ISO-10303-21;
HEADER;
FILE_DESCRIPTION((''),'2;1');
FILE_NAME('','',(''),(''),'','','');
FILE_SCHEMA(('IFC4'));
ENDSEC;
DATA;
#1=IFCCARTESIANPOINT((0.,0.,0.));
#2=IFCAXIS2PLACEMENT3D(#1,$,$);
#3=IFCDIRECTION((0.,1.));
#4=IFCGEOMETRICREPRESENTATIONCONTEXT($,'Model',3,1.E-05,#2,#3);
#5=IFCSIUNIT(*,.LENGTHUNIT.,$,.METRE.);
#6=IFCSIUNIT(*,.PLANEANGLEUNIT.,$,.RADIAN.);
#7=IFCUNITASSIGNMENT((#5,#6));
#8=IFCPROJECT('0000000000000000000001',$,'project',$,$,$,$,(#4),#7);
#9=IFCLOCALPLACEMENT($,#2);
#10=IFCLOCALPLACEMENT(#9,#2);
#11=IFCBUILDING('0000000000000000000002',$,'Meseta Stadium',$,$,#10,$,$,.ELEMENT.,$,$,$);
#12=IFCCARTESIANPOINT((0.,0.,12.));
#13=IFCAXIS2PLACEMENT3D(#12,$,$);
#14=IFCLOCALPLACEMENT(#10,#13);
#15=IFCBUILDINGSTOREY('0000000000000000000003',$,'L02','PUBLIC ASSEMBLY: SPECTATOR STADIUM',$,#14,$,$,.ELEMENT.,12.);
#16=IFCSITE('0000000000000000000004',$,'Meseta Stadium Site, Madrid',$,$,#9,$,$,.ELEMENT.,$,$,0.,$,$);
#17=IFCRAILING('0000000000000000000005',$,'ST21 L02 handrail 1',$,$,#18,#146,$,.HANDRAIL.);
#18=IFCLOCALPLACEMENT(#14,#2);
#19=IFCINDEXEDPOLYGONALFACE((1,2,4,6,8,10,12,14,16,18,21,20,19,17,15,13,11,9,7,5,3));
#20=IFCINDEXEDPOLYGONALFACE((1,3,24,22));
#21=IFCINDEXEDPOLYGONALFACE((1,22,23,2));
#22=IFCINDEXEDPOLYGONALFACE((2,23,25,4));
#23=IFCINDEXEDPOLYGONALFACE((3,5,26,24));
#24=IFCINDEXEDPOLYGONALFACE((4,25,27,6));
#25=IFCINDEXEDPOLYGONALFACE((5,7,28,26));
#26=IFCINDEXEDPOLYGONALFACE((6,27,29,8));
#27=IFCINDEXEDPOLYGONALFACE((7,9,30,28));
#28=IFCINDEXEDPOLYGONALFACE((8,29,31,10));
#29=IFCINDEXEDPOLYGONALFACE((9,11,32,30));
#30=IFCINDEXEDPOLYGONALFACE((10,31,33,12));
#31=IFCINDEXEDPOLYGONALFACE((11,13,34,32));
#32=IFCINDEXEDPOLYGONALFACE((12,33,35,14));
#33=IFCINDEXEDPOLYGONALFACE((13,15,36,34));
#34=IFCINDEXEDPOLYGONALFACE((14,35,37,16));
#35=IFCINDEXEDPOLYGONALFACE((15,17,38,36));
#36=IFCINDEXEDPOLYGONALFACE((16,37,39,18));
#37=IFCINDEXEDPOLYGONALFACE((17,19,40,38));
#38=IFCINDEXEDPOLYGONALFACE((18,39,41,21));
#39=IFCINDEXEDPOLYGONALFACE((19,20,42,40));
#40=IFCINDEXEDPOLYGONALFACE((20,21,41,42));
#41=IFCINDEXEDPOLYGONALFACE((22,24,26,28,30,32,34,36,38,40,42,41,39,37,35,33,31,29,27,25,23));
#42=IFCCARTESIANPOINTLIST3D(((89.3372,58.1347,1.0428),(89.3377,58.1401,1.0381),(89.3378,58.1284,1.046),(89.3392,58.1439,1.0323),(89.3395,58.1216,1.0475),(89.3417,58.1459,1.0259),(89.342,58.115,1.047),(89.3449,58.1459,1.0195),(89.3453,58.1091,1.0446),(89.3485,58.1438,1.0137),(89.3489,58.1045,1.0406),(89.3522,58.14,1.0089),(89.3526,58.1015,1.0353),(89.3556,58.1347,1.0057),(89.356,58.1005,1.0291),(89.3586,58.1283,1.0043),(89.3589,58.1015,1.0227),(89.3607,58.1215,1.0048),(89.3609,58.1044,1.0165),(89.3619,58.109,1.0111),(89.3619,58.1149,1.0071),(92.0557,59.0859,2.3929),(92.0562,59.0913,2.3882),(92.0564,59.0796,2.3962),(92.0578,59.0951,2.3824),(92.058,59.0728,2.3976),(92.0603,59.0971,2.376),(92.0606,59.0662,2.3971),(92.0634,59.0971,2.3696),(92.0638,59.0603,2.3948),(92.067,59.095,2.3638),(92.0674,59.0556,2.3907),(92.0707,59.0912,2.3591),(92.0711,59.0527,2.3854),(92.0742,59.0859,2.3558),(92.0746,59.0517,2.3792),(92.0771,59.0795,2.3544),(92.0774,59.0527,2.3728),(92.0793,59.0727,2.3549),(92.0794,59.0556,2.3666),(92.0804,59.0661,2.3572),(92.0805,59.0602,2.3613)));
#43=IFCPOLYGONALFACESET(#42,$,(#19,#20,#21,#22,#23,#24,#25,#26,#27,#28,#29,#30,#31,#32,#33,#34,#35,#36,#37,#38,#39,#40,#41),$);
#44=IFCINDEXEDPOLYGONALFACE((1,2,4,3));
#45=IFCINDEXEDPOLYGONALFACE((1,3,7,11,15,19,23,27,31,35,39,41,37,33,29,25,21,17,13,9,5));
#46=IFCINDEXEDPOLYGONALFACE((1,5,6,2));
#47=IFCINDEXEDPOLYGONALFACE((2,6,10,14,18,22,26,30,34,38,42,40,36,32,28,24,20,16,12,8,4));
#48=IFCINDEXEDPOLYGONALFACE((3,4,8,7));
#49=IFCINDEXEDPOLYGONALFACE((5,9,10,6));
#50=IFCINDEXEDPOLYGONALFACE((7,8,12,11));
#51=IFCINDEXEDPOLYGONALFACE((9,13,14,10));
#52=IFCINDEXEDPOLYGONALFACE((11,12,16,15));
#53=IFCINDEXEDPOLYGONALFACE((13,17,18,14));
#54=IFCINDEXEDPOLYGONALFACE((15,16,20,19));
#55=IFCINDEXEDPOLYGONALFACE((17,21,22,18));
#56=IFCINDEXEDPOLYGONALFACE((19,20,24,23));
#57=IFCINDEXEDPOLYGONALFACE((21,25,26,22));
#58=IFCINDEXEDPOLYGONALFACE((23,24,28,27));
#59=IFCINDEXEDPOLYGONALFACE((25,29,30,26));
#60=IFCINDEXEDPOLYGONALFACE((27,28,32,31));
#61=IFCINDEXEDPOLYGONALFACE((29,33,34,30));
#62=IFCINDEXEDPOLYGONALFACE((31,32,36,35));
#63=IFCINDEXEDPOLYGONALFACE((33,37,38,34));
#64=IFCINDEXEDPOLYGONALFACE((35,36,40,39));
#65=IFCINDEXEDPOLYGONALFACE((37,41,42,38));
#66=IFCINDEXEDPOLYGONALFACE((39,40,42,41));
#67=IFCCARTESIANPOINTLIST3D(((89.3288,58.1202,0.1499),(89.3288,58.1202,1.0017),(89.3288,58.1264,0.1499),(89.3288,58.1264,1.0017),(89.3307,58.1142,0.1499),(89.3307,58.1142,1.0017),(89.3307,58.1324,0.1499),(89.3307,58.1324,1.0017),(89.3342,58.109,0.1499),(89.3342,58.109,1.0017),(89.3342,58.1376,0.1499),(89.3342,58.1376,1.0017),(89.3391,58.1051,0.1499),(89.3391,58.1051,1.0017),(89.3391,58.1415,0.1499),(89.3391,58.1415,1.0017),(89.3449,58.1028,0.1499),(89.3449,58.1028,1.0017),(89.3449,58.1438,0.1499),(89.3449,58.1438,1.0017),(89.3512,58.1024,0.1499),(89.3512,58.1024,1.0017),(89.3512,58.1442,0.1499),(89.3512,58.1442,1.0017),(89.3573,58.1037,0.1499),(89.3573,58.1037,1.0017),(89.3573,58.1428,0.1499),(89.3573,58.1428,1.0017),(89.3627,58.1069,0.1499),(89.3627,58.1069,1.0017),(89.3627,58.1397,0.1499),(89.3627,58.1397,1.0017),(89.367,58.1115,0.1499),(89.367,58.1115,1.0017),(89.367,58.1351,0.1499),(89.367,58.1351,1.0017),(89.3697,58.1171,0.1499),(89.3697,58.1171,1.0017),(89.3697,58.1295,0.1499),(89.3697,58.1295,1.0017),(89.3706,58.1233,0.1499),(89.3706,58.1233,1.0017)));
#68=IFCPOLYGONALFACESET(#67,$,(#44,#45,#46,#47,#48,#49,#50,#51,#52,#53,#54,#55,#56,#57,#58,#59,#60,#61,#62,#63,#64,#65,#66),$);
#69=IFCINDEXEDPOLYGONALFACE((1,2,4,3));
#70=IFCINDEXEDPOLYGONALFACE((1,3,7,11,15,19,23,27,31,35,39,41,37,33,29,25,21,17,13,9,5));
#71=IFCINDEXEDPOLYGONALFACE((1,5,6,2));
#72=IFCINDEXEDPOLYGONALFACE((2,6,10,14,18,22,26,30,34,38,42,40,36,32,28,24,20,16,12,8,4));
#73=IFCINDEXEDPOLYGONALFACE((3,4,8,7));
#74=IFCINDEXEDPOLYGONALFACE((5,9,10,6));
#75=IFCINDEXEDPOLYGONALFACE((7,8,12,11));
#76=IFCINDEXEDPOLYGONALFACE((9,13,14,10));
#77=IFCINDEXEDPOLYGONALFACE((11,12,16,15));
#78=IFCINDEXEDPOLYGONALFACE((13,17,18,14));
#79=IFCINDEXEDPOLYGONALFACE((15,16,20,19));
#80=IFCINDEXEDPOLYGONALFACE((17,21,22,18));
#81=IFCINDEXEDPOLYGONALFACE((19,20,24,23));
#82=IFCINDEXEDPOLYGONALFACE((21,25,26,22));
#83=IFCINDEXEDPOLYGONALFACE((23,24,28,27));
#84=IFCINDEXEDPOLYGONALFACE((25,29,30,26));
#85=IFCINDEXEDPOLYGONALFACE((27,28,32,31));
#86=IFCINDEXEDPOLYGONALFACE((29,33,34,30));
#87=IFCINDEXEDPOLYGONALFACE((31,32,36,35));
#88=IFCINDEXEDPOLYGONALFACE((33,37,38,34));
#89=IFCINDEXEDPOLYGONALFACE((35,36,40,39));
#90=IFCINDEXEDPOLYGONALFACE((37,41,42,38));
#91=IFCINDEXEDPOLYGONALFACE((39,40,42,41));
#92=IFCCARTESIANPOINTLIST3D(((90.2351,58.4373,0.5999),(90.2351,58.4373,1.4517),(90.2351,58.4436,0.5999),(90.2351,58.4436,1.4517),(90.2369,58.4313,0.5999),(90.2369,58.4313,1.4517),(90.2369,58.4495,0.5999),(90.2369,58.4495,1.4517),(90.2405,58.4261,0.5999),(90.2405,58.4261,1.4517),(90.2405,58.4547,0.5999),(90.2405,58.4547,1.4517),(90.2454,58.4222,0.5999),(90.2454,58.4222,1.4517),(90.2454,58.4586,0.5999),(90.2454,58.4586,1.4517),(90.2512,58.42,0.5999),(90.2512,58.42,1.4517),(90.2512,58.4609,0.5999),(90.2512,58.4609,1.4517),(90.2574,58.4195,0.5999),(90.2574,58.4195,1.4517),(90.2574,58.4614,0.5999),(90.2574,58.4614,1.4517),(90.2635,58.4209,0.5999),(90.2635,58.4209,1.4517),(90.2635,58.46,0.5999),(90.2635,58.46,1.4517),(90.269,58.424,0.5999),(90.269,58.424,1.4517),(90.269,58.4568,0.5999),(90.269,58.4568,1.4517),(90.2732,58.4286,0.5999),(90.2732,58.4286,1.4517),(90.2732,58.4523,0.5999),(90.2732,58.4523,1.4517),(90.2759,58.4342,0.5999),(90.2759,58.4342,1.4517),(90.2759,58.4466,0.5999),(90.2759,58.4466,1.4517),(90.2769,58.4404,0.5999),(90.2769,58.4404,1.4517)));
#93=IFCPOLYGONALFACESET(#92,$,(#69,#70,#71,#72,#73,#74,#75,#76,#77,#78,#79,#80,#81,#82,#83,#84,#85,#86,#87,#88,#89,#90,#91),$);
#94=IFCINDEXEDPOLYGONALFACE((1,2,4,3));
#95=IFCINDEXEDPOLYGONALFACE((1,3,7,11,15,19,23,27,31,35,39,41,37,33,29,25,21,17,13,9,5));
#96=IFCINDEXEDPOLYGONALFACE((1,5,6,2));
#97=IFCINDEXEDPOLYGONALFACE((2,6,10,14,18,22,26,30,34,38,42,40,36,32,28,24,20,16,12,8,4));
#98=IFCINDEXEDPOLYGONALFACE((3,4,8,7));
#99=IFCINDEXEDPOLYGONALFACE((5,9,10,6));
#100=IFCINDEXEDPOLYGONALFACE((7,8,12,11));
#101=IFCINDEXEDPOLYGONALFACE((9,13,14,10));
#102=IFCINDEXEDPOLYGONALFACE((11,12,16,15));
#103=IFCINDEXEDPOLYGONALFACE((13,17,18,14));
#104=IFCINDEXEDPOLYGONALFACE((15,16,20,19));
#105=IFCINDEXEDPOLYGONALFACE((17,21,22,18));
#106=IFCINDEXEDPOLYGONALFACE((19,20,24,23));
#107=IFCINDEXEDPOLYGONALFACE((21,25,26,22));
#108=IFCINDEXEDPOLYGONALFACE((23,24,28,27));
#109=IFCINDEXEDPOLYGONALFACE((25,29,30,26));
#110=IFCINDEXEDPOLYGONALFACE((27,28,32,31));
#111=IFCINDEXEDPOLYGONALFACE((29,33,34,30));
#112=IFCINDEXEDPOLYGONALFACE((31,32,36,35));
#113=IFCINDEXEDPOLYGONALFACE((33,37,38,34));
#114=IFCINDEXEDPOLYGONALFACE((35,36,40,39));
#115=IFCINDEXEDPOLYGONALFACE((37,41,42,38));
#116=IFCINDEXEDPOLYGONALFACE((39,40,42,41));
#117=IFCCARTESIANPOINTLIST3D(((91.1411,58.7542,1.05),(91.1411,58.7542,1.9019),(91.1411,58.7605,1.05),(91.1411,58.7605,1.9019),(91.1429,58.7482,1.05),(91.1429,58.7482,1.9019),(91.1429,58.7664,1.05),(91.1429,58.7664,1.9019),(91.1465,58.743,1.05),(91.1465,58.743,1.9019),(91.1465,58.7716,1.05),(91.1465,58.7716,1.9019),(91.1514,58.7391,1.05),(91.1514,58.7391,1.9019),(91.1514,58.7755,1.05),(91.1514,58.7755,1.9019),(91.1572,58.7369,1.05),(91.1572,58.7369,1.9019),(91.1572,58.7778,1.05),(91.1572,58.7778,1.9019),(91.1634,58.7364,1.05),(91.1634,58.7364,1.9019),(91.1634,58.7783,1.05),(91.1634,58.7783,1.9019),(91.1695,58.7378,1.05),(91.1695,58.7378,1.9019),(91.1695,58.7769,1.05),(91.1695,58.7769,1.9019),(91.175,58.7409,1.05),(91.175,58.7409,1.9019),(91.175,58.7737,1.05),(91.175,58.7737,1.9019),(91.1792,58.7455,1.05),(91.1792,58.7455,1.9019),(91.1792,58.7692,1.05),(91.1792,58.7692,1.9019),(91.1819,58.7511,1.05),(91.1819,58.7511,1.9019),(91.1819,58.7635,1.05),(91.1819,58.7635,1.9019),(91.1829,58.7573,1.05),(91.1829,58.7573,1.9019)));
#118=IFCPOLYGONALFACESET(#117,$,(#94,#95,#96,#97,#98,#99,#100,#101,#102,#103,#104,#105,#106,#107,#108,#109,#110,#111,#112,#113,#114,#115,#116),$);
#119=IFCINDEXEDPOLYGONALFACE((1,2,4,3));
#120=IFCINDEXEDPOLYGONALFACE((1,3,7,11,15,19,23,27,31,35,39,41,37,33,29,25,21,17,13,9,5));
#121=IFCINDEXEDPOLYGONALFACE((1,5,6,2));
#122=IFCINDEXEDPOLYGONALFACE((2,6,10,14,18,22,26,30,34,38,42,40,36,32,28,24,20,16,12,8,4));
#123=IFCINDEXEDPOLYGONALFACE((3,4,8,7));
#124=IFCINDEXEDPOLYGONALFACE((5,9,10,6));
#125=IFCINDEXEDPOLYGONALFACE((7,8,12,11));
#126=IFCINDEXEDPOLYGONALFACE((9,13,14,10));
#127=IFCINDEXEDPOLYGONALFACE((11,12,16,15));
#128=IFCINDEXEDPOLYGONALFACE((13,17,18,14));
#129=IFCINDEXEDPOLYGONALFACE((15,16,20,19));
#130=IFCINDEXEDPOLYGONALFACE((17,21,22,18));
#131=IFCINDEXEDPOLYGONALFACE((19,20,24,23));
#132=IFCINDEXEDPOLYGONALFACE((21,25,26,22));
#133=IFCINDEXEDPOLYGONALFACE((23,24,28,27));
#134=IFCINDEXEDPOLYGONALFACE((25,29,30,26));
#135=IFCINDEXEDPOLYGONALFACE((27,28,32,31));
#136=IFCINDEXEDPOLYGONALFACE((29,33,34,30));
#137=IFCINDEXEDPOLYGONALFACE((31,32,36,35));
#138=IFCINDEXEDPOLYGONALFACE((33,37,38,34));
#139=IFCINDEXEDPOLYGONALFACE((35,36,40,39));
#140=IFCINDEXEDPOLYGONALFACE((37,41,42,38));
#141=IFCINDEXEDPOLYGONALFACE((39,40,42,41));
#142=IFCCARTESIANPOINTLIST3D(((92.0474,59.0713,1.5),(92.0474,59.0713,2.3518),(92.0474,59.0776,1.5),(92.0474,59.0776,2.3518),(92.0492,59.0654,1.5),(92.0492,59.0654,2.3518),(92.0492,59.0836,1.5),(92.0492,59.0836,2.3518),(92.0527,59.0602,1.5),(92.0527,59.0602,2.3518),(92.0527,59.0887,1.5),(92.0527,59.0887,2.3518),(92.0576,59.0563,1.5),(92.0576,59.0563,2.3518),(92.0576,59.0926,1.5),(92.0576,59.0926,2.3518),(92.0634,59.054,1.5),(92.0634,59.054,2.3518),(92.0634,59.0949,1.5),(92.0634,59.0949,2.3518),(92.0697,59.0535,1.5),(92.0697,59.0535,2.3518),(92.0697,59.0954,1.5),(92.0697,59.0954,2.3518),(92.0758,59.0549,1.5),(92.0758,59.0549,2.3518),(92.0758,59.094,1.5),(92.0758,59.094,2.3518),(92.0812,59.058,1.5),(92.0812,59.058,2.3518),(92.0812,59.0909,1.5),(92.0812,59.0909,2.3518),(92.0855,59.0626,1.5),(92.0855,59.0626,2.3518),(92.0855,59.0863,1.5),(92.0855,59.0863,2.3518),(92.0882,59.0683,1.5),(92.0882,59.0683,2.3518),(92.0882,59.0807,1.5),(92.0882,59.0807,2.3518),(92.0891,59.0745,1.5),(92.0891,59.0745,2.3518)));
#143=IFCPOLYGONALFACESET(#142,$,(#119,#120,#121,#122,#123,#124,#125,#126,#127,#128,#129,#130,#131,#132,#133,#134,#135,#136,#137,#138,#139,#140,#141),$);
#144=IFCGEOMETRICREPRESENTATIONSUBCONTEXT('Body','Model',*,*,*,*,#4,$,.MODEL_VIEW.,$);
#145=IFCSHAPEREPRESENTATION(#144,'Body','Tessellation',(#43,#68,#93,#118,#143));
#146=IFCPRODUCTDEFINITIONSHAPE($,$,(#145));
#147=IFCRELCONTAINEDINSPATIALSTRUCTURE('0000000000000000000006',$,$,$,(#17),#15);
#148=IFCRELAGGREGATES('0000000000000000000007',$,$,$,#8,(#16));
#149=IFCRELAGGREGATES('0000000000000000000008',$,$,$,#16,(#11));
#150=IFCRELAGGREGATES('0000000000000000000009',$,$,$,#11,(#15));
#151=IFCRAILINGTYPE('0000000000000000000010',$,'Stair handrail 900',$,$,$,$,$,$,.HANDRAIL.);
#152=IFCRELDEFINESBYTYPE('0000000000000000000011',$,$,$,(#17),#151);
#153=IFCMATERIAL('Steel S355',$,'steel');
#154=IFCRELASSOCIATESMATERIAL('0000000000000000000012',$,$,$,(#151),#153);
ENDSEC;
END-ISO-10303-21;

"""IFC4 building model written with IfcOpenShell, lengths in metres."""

from ifc_helpers import new_model, si_unit, direction, frame, origin, origin_2d, place, context, subcontext, project, spatial, circle, extrude, material, type_object, element, save


model = new_model("IFC4")

# Units and contexts
model_context = context("Model", 3, precision=1e-05, world=origin(), true_north=direction((0.0, 1.0)))
body_context = subcontext(model_context, "Body", "Model", "MODEL_VIEW")
ifc_project = project(units=[si_unit("LENGTHUNIT", "METRE"), si_unit("PLANEANGLEUNIT", "RADIAN")], contexts=[model_context])

# Site, building, storey
site_placement = place(None, origin())
site = spatial("IfcSite", under=ifc_project, at=site_placement, Name="Meseta Stadium Site, Madrid", CompositionType="ELEMENT", RefElevation=0.0)
building_placement = place(site_placement, origin())
building = spatial("IfcBuilding", under=site, at=building_placement, Name="Meseta Stadium", CompositionType="ELEMENT")
storey_placement = place(building_placement, frame((0.0, 0.0, 12.0)))
storey = spatial("IfcBuildingStorey", under=building, at=storey_placement, Name="L02", Description="PUBLIC ASSEMBLY: SPECTATOR STADIUM", CompositionType="ELEMENT", Elevation=12.0)

# Railing
ifc_material_1 = material(Name="Steel S355", Category="steel")
railing_type_1 = type_object("IfcRailingType", Name="Stair handrail 900", PredefinedType="HANDRAIL", material=ifc_material_1)
railing_1_placement = place(storey_placement, frame((89.3496, 58.1233, 0.1499)))
element("IfcRailing", 1, at=railing_1_placement, inside=storey, type_object=railing_type_1, Name="ST21 L02 handrail 1", PredefinedType="HANDRAIL", context=body_context, shape_type="SweptSolid", body=[
    extrude(circle(Radius=0.0239, at=origin_2d()), frame((0.0, 0.0, 0.876), z_axis=(0.854649, 0.299031, 0.424446), x_axis=(-0.330256, 0.943891, 0.0)), (0.0, 0.0, 1.0), 3.1809),
    extrude(circle(Radius=0.021, at=origin_2d()), origin(), (0.0, 0.0, 1.0), 0.8518),
    extrude(circle(Radius=0.021, at=origin_2d()), frame((0.9062, 0.3171, 0.45)), (0.0, 0.0, 1.0), 0.8518),
    extrude(circle(Radius=0.021, at=origin_2d()), frame((1.8123, 0.634, 0.9001)), (0.0, 0.0, 1.0), 0.8518),
    extrude(circle(Radius=0.021, at=origin_2d()), frame((2.7185, 0.9512, 1.3501)), (0.0, 0.0, 1.0), 0.8518),
])

save(model, "model.ifc")
